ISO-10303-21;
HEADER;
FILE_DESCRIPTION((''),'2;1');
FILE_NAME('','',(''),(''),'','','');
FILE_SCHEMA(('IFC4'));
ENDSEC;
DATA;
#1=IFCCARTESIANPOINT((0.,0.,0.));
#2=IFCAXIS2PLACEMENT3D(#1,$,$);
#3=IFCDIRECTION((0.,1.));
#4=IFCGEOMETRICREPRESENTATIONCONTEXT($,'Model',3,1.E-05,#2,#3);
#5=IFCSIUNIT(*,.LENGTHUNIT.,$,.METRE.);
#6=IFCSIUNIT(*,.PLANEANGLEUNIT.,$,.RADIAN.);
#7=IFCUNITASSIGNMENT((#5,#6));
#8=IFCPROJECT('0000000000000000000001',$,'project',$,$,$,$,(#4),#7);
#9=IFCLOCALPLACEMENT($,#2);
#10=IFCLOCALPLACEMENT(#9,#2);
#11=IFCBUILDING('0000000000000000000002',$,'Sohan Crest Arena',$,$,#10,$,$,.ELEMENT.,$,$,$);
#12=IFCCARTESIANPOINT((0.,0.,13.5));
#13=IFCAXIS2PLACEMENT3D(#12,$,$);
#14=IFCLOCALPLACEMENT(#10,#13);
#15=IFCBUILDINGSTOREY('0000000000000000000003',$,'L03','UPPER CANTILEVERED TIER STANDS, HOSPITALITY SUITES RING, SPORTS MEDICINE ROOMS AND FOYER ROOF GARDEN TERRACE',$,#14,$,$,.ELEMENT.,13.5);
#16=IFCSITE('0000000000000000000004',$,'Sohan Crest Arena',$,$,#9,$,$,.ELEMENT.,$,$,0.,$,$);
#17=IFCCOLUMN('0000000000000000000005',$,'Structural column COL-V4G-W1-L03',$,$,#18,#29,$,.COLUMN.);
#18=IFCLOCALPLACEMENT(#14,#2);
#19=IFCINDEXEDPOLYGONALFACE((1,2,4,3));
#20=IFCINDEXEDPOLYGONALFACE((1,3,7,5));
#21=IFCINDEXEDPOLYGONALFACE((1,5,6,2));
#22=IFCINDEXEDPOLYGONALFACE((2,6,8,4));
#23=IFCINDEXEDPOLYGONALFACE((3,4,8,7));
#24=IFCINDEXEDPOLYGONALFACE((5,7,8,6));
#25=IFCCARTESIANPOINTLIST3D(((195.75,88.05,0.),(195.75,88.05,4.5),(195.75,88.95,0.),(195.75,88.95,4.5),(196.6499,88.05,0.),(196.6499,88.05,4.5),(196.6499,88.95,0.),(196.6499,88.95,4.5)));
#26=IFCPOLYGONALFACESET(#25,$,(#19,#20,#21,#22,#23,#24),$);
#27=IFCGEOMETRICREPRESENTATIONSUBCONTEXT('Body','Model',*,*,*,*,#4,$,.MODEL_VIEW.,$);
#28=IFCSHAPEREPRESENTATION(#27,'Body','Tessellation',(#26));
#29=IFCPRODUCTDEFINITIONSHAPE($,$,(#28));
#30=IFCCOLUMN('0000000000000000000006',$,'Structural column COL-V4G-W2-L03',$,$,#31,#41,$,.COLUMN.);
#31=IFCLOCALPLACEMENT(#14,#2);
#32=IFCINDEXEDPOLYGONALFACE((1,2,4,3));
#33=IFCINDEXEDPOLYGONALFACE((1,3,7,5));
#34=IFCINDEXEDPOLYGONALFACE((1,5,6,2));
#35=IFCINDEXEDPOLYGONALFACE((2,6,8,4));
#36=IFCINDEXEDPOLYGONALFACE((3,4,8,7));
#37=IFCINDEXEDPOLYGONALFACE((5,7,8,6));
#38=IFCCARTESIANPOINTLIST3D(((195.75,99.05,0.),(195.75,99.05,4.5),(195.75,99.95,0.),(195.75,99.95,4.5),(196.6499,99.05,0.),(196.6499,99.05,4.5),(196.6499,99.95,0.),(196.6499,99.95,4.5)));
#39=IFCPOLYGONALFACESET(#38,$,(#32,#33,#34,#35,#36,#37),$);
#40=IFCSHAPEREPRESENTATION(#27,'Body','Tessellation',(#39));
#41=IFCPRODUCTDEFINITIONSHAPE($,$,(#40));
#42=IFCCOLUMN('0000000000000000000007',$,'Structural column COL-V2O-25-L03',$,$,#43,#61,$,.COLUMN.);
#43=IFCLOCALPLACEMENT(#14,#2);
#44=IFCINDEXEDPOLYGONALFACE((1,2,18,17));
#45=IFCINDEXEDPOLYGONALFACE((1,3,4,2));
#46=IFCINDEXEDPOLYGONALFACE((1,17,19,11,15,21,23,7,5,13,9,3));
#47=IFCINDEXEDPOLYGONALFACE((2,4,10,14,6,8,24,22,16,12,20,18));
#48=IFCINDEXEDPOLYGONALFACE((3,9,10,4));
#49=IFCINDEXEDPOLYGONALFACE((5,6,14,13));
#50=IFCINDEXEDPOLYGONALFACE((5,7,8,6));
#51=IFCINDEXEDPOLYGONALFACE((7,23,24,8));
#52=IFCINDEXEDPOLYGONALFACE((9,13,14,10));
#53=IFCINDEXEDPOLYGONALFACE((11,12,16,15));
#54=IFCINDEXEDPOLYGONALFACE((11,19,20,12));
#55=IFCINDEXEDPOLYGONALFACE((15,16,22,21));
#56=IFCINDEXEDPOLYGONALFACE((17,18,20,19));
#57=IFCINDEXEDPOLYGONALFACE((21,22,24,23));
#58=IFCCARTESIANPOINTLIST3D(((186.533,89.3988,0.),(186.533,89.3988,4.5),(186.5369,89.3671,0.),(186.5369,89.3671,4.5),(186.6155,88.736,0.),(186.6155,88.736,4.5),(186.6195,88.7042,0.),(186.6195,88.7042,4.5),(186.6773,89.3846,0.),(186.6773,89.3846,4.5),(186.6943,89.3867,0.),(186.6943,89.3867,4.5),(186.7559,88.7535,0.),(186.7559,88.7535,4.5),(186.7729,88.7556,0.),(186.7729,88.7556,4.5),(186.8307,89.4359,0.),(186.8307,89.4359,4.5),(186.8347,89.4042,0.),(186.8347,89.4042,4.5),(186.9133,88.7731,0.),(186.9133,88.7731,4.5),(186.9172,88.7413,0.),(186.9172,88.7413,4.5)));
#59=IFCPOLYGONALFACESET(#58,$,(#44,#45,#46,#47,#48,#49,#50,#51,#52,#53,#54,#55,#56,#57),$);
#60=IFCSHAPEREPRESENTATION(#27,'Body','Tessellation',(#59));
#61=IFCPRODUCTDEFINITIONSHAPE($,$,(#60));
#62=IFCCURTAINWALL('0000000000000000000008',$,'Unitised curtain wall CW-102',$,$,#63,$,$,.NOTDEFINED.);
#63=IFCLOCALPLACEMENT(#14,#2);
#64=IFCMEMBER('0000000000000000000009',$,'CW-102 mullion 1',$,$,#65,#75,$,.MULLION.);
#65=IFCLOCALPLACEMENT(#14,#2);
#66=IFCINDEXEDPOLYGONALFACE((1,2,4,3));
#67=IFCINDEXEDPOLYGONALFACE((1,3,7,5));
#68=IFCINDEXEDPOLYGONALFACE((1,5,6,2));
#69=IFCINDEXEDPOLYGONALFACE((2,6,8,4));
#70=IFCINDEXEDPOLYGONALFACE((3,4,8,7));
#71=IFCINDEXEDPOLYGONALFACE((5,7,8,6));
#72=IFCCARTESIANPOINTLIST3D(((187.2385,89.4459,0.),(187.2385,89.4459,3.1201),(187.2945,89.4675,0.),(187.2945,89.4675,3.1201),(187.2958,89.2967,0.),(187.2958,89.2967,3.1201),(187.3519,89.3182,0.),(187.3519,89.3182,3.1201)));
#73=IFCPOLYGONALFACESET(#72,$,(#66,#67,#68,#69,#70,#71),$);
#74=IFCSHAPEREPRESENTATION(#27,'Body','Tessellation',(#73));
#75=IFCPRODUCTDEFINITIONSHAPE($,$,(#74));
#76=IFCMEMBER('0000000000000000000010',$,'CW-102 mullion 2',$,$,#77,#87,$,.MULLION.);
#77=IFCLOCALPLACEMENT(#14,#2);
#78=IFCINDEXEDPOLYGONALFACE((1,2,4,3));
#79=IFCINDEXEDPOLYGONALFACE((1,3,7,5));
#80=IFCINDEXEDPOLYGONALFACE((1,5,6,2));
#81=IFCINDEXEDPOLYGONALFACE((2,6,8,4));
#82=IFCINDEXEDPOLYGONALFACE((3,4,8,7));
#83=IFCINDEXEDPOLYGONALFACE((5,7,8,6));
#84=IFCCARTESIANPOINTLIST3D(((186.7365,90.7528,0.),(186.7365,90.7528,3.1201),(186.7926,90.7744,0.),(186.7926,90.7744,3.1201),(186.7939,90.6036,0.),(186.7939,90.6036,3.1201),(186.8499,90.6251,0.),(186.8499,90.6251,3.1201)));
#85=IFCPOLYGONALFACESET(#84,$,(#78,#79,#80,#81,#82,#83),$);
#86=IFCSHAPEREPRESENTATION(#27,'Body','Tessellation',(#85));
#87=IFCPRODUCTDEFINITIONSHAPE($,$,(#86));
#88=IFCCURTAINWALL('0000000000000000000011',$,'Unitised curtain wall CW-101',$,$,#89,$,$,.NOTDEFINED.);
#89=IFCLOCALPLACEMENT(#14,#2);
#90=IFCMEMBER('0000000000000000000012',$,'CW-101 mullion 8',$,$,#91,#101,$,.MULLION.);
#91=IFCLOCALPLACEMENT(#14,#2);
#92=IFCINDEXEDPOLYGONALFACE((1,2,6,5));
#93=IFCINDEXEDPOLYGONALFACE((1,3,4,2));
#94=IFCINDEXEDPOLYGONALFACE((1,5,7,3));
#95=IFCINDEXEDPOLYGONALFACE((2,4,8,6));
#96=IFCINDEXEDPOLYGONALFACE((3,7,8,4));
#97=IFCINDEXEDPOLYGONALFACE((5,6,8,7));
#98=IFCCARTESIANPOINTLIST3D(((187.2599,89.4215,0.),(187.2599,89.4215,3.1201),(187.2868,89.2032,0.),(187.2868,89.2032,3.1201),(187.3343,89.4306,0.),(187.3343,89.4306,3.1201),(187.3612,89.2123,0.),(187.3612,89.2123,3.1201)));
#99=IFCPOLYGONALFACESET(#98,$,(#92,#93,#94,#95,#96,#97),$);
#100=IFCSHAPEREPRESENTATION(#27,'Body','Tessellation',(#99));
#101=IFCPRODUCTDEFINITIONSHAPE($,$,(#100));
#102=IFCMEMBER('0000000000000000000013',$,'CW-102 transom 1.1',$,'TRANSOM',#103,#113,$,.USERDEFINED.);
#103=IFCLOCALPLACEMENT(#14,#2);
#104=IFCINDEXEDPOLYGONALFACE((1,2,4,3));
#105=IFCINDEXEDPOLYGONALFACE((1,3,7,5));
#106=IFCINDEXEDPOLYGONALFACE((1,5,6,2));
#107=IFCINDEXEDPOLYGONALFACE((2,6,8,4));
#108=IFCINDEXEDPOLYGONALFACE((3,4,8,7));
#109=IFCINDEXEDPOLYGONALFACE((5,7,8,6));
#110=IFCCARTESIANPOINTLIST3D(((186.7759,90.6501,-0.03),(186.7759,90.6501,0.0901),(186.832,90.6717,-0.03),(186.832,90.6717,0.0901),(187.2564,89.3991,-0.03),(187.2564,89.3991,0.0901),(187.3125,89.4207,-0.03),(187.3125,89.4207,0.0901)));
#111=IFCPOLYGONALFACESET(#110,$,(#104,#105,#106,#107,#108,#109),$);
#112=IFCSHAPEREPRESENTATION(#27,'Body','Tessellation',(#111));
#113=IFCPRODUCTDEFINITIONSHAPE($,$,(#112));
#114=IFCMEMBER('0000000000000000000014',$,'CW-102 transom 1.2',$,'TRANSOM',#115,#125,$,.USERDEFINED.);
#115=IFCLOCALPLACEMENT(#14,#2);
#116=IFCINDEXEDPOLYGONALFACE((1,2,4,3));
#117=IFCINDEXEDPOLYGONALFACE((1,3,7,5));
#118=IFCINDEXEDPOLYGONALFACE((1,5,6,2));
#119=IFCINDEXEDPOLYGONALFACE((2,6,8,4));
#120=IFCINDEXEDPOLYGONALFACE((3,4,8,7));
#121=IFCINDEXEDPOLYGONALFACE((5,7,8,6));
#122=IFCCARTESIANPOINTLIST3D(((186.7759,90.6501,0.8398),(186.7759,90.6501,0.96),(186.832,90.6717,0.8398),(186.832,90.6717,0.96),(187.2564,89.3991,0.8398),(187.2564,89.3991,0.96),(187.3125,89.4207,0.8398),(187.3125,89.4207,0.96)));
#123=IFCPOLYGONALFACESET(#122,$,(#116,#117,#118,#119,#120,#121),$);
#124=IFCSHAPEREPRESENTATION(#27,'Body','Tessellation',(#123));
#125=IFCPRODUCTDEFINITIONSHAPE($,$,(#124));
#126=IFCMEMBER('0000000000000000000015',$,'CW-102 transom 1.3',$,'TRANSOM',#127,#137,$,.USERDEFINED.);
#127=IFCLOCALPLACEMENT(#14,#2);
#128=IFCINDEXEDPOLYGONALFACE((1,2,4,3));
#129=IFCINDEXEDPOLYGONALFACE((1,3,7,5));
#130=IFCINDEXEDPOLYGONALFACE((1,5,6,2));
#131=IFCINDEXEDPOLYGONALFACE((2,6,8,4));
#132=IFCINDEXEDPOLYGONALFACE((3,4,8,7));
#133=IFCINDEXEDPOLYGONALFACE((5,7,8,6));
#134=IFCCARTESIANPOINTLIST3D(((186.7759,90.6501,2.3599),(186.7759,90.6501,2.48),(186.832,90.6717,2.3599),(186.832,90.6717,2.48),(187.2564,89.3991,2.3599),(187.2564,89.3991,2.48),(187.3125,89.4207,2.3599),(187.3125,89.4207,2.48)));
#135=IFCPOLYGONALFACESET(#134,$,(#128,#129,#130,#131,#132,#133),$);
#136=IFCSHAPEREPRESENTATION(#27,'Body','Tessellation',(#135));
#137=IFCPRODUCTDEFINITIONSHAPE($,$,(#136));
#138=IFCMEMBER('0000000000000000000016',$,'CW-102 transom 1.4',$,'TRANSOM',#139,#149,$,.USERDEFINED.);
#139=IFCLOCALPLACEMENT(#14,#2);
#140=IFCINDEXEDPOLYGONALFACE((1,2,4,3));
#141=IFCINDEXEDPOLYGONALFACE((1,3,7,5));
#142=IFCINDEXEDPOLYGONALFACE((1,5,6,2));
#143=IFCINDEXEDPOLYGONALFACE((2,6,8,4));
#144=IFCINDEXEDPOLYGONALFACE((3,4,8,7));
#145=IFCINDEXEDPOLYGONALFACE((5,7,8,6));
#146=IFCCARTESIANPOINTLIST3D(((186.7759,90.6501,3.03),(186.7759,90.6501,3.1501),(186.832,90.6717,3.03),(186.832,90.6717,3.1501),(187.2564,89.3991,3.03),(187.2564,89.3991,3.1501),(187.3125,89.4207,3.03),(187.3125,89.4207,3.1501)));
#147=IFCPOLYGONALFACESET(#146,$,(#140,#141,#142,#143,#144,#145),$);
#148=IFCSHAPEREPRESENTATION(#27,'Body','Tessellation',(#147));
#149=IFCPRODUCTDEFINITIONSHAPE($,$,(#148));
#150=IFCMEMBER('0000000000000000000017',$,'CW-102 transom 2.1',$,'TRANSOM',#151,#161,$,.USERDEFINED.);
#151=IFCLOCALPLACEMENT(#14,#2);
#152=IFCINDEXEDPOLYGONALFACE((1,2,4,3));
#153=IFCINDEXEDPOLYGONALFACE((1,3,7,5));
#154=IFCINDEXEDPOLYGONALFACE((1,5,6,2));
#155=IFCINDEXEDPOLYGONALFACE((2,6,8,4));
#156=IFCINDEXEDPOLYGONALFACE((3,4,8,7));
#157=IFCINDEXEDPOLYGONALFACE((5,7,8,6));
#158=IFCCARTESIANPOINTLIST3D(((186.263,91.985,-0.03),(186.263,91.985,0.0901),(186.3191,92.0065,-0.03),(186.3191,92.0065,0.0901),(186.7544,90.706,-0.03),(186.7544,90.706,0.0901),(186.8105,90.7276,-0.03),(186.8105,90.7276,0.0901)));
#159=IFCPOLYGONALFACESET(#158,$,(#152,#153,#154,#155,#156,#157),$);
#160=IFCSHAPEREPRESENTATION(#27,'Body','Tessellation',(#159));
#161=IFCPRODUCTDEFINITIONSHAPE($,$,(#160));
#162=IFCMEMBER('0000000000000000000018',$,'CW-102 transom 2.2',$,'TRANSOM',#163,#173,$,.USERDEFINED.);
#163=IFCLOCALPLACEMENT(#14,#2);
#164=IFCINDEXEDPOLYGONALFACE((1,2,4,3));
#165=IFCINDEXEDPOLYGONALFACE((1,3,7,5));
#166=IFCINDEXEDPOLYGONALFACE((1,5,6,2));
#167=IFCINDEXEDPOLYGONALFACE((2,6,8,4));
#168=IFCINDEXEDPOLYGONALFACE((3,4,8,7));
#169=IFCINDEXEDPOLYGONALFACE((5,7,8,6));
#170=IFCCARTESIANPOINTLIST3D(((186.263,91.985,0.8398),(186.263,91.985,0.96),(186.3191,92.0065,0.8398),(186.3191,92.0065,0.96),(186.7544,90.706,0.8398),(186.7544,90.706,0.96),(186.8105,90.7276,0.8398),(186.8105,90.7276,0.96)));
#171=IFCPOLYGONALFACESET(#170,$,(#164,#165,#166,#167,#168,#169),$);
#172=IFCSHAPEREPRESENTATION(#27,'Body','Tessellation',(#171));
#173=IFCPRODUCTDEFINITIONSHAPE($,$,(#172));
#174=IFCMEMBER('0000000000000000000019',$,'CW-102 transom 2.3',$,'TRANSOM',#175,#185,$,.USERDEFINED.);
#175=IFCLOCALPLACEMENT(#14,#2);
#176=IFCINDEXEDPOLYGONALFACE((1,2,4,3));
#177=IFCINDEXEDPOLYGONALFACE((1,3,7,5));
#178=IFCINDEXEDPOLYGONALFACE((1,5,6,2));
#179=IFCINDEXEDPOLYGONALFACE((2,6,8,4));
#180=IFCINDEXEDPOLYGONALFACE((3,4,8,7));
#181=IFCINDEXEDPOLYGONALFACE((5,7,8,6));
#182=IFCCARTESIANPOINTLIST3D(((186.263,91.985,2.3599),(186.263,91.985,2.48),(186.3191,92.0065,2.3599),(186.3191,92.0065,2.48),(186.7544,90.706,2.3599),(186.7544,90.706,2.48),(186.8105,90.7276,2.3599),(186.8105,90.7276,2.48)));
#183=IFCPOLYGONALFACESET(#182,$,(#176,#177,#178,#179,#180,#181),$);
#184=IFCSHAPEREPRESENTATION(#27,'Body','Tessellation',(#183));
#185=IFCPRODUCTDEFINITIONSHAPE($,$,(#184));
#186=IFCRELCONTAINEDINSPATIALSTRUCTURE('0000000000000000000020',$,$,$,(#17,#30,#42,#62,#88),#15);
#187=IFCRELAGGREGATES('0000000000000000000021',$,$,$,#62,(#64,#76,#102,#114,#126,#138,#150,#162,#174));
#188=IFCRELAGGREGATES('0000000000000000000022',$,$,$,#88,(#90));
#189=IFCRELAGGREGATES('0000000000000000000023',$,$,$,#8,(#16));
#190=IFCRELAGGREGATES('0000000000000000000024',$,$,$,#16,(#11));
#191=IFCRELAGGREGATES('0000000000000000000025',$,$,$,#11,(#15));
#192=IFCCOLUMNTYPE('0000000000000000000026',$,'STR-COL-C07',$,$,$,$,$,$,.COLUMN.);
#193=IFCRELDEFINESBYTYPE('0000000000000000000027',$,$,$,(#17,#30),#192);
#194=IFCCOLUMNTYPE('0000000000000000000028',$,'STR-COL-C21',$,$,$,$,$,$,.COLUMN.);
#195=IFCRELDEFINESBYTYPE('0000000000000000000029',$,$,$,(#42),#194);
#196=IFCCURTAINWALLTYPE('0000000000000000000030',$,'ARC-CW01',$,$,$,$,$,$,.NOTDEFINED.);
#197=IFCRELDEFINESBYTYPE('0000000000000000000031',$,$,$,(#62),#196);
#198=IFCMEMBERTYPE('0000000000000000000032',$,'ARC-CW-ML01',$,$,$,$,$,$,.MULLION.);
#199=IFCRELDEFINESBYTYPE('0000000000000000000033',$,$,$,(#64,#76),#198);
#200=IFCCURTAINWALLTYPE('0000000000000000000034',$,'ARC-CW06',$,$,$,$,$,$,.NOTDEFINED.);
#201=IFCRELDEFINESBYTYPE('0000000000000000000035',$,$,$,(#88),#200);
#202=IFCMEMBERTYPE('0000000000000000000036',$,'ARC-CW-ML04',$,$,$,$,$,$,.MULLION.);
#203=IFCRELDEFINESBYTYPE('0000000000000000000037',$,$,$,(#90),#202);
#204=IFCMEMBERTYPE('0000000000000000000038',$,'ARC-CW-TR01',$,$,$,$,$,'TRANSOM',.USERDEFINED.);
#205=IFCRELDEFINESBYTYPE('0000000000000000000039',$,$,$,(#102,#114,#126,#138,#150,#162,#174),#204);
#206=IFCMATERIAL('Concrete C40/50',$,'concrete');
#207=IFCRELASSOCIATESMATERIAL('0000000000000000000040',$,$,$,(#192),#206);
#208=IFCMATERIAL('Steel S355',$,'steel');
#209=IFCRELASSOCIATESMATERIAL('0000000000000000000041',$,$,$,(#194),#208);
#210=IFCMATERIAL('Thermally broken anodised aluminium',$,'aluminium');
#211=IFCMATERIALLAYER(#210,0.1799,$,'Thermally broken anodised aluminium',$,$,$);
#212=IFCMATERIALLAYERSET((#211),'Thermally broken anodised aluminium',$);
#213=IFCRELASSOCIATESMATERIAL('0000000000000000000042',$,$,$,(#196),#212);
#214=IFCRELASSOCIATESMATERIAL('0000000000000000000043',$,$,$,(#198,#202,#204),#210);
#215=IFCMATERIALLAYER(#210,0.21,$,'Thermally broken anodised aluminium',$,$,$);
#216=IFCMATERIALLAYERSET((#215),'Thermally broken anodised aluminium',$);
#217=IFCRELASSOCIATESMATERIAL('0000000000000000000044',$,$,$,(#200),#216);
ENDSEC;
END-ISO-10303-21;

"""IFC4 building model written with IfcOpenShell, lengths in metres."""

from ifc_helpers import new_model, si_unit, direction, frame, origin, origin_2d, place, context, subcontext, project, spatial, rectangle, i_section, extrude, material, layer, layer_set, material_profile, profile_set, type_object, element, aggregate, save


model = new_model("IFC4")

# Units and contexts
model_context = context("Model", 3, precision=1e-05, world=origin(), true_north=direction((0.0, 1.0)))
body_context = subcontext(model_context, "Body", "Model", "MODEL_VIEW")
ifc_project = project(units=[si_unit("LENGTHUNIT", "METRE"), si_unit("PLANEANGLEUNIT", "RADIAN")], contexts=[model_context])

# Site, building, storey
site_placement = place(None, origin())
site = spatial("IfcSite", under=ifc_project, at=site_placement, Name="Sohan Crest Arena", CompositionType="ELEMENT", RefElevation=0.0)
building_placement = place(site_placement, origin())
building = spatial("IfcBuilding", under=site, at=building_placement, Name="Sohan Crest Arena", CompositionType="ELEMENT")
storey_placement = place(building_placement, frame((0.0, 0.0, 13.5)))
storey = spatial("IfcBuildingStorey", under=building, at=storey_placement, Name="L03", Description="UPPER CANTILEVERED TIER STANDS, HOSPITALITY SUITES RING, SPORTS MEDICINE ROOMS AND FOYER ROOF GARDEN TERRACE", CompositionType="ELEMENT", Elevation=13.5)

# Columns
ifc_material_1 = material(Name="Concrete C40/50", Category="concrete")
ifc_material_profile_1 = material_profile(ifc_material_1, rectangle(XDim=0.8999, YDim=0.8999, at=origin_2d()), Name="RC 900x900")
ifc_profile_set_1 = profile_set([ifc_material_profile_1], Name="Concrete C40/50")
column_type_1 = type_object("IfcColumnType", Name="STR-COL-C07", PredefinedType="COLUMN", material=ifc_profile_set_1)
for number, where, z_axis, x_axis, name in (
    (1, (196.2, 88.5, 0.0), (0.0, 0.0, 1.0), (1.0, 0.0, 0.0), "Structural column COL-V4G-W1-L03"),
    (2, (196.2, 99.5, 0.0), (0.0, 0.0, 1.0), (1.0, 0.0, 0.0), "Structural column COL-V4G-W2-L03"),
):
    element("IfcColumn", number, at=place(storey_placement, frame(where, z_axis=z_axis, x_axis=x_axis)), inside=storey, type_object=column_type_1, Name=name, PredefinedType="COLUMN", context=body_context, shape_type="SweptSolid", body=[
        extrude(rectangle(XDim=0.8999, YDim=0.8999, at=origin_2d()), origin(), (0.0, 0.0, 1.0), 4.5),
    ])
ifc_material_2 = material(Name="Steel S355", Category="steel")
ifc_material_profile_2 = material_profile(ifc_material_2, i_section(OverallWidth=0.3, OverallDepth=0.7, WebThickness=0.0171, FlangeThickness=0.032, at=origin_2d()), Name="HEB 700")
ifc_profile_set_2 = profile_set([ifc_material_profile_2], Name="Steel S355")
column_type_2 = type_object("IfcColumnType", Name="STR-COL-C21", PredefinedType="COLUMN", material=ifc_profile_set_2)
column_placement = place(storey_placement, frame((186.7251, 89.0701, 0.0), z_axis=(0.0, 0.0, 1.0), x_axis=(0.992332, 0.123601, 0.0)))
element("IfcColumn", 3, at=column_placement, inside=storey, type_object=column_type_2, Name="Structural column COL-V2O-25-L03", PredefinedType="COLUMN", context=body_context, shape_type="SweptSolid", body=[
    extrude(i_section(OverallWidth=0.3, OverallDepth=0.7, WebThickness=0.0171, FlangeThickness=0.032, at=origin_2d()), origin(), (0.0, 0.0, 1.0), 4.5),
])

# Curtain wall, members
ifc_material_3 = material(Name="Thermally broken anodised aluminium", Category="aluminium")
ifc_layer_1 = layer(ifc_material_3, 0.1799, Name="Thermally broken anodised aluminium")
ifc_layer_set_1 = layer_set([ifc_layer_1], Name="Thermally broken anodised aluminium")
curtain_wall_type_1 = type_object("IfcCurtainWallType", Name="ARC-CW01", PredefinedType="NOTDEFINED", material=ifc_layer_set_1)
curtain_wall_1_placement = place(storey_placement, origin())
curtain_wall_1 = element("IfcCurtainWall", 4, at=curtain_wall_1_placement, inside=storey, type_object=curtain_wall_type_1, Name="Unitised curtain wall CW-102", PredefinedType="NOTDEFINED")
ifc_material_profile_3 = material_profile(ifc_material_3, rectangle(XDim=0.0601, YDim=0.1599, at=origin_2d()), Name="ALU-MULL 60x160")
ifc_profile_set_3 = profile_set([ifc_material_profile_3], Name="Thermally broken anodised aluminium")
member_type_1 = type_object("IfcMemberType", Name="ARC-CW-ML01", PredefinedType="MULLION", material=ifc_profile_set_3)
member_1_placement = place(storey_placement, frame((187.2952, 89.3821, 0.0), z_axis=(0.0, 0.0, 1.0), x_axis=(-0.933472, -0.358651, 0.0)))
member_1 = element("IfcMember", 5, at=member_1_placement, type_object=member_type_1, Name="CW-102 mullion 1", PredefinedType="MULLION", context=body_context, shape_type="SweptSolid", body=[
    extrude(rectangle(XDim=0.0601, YDim=0.1599, at=origin_2d()), origin(), (0.0, 0.0, 1.0), 3.1201),
])
member_2_placement = place(storey_placement, frame((186.7932, 90.689, 0.0), z_axis=(0.0, 0.0, 1.0), x_axis=(-0.933472, -0.358651, 0.0)))
member_2 = element("IfcMember", 6, at=member_2_placement, type_object=member_type_1, Name="CW-102 mullion 2", PredefinedType="MULLION", context=body_context, shape_type="SweptSolid", body=[
    extrude(rectangle(XDim=0.0601, YDim=0.1599, at=origin_2d()), origin(), (0.0, 0.0, 1.0), 3.1201),
])

# Curtain wall, member
ifc_layer_2 = layer(ifc_material_3, 0.21, Name="Thermally broken anodised aluminium")
ifc_layer_set_2 = layer_set([ifc_layer_2], Name="Thermally broken anodised aluminium")
curtain_wall_type_2 = type_object("IfcCurtainWallType", Name="ARC-CW06", PredefinedType="NOTDEFINED", material=ifc_layer_set_2)
curtain_wall_2_placement = place(storey_placement, origin())
curtain_wall_2 = element("IfcCurtainWall", 7, at=curtain_wall_2_placement, inside=storey, type_object=curtain_wall_type_2, Name="Unitised curtain wall CW-101", PredefinedType="NOTDEFINED")
ifc_material_profile_4 = material_profile(ifc_material_3, rectangle(XDim=0.075, YDim=0.22, at=origin_2d()), Name="ALU-MULL 75x220")
ifc_profile_set_4 = profile_set([ifc_material_profile_4], Name="Thermally broken anodised aluminium")
member_type_2 = type_object("IfcMemberType", Name="ARC-CW-ML04", PredefinedType="MULLION", material=ifc_profile_set_4)
member_3_placement = place(storey_placement, frame((187.3105, 89.3169, 0.0), z_axis=(0.0, 0.0, 1.0), x_axis=(-0.992537, -0.121947, 0.0)))
member_3 = element("IfcMember", 8, at=member_3_placement, type_object=member_type_2, Name="CW-101 mullion 8", PredefinedType="MULLION", context=body_context, shape_type="SweptSolid", body=[
    extrude(rectangle(XDim=0.075, YDim=0.22, at=origin_2d()), origin(), (0.0, 0.0, 1.0), 3.1201),
])

# Members
ifc_material_profile_5 = material_profile(ifc_material_3, rectangle(XDim=0.0601, YDim=0.1201, at=origin_2d()), Name="ALU-TRAN 60x120")
ifc_profile_set_5 = profile_set([ifc_material_profile_5], Name="Thermally broken anodised aluminium")
member_type_3 = type_object("IfcMemberType", Name="ARC-CW-TR01", ElementType="TRANSOM", PredefinedType="USERDEFINED", material=ifc_profile_set_5)
member_4_placement = place(storey_placement, frame((187.2844, 89.4099, 0.03), z_axis=(-0.35854, 0.933515, 0.0), x_axis=(-0.933515, -0.35854, 0.0)))
member_4 = element("IfcMember", 9, at=member_4_placement, type_object=member_type_3, Name="CW-102 transom 1.1", ObjectType="TRANSOM", PredefinedType="USERDEFINED", context=body_context, shape_type="SweptSolid", body=[
    extrude(rectangle(XDim=0.0601, YDim=0.1201, at=origin_2d()), origin(), (0.0, 0.0, 1.0), 1.3401),
])
member_5_placement = place(storey_placement, frame((187.2844, 89.4099, 0.8999), z_axis=(-0.35854, 0.933515, 0.0), x_axis=(-0.933515, -0.35854, 0.0)))
member_5 = element("IfcMember", 10, at=member_5_placement, type_object=member_type_3, Name="CW-102 transom 1.2", ObjectType="TRANSOM", PredefinedType="USERDEFINED", context=body_context, shape_type="SweptSolid", body=[
    extrude(rectangle(XDim=0.0601, YDim=0.1201, at=origin_2d()), origin(), (0.0, 0.0, 1.0), 1.3401),
])
member_6_placement = place(storey_placement, frame((187.2844, 89.4099, 2.4199), z_axis=(-0.35854, 0.933515, 0.0), x_axis=(-0.933515, -0.35854, 0.0)))
member_6 = element("IfcMember", 11, at=member_6_placement, type_object=member_type_3, Name="CW-102 transom 1.3", ObjectType="TRANSOM", PredefinedType="USERDEFINED", context=body_context, shape_type="SweptSolid", body=[
    extrude(rectangle(XDim=0.0601, YDim=0.1201, at=origin_2d()), origin(), (0.0, 0.0, 1.0), 1.3401),
])
member_7_placement = place(storey_placement, frame((187.2844, 89.4099, 3.0901), z_axis=(-0.35854, 0.933515, 0.0), x_axis=(-0.933515, -0.35854, 0.0)))
member_7 = element("IfcMember", 12, at=member_7_placement, type_object=member_type_3, Name="CW-102 transom 1.4", ObjectType="TRANSOM", PredefinedType="USERDEFINED", context=body_context, shape_type="SweptSolid", body=[
    extrude(rectangle(XDim=0.0601, YDim=0.1201, at=origin_2d()), origin(), (0.0, 0.0, 1.0), 1.3401),
])
member_8_placement = place(storey_placement, frame((186.7825, 90.7168, 0.03), z_axis=(-0.358669, 0.933465, 0.0), x_axis=(-0.933465, -0.358669, 0.0)))
member_8 = element("IfcMember", 13, at=member_8_placement, type_object=member_type_3, Name="CW-102 transom 2.1", ObjectType="TRANSOM", PredefinedType="USERDEFINED", context=body_context, shape_type="SweptSolid", body=[
    extrude(rectangle(XDim=0.0601, YDim=0.1201, at=origin_2d()), origin(), (0.0, 0.0, 1.0), 1.3701),
])
member_9_placement = place(storey_placement, frame((186.7825, 90.7168, 0.8999), z_axis=(-0.358669, 0.933465, 0.0), x_axis=(-0.933465, -0.358669, 0.0)))
member_9 = element("IfcMember", 14, at=member_9_placement, type_object=member_type_3, Name="CW-102 transom 2.2", ObjectType="TRANSOM", PredefinedType="USERDEFINED", context=body_context, shape_type="SweptSolid", body=[
    extrude(rectangle(XDim=0.0601, YDim=0.1201, at=origin_2d()), origin(), (0.0, 0.0, 1.0), 1.3701),
])
member_10_placement = place(storey_placement, frame((186.7825, 90.7168, 2.4199), z_axis=(-0.358669, 0.933465, 0.0), x_axis=(-0.933465, -0.358669, 0.0)))
member_10 = element("IfcMember", 15, at=member_10_placement, type_object=member_type_3, Name="CW-102 transom 2.3", ObjectType="TRANSOM", PredefinedType="USERDEFINED", context=body_context, shape_type="SweptSolid", body=[
    extrude(rectangle(XDim=0.0601, YDim=0.1201, at=origin_2d()), origin(), (0.0, 0.0, 1.0), 1.3701),
])

aggregate(curtain_wall_1, [member_1, member_2, member_4, member_5, member_6, member_7, member_8, member_9, member_10])
aggregate(curtain_wall_2, [member_3])

save(model, "model.ifc")
